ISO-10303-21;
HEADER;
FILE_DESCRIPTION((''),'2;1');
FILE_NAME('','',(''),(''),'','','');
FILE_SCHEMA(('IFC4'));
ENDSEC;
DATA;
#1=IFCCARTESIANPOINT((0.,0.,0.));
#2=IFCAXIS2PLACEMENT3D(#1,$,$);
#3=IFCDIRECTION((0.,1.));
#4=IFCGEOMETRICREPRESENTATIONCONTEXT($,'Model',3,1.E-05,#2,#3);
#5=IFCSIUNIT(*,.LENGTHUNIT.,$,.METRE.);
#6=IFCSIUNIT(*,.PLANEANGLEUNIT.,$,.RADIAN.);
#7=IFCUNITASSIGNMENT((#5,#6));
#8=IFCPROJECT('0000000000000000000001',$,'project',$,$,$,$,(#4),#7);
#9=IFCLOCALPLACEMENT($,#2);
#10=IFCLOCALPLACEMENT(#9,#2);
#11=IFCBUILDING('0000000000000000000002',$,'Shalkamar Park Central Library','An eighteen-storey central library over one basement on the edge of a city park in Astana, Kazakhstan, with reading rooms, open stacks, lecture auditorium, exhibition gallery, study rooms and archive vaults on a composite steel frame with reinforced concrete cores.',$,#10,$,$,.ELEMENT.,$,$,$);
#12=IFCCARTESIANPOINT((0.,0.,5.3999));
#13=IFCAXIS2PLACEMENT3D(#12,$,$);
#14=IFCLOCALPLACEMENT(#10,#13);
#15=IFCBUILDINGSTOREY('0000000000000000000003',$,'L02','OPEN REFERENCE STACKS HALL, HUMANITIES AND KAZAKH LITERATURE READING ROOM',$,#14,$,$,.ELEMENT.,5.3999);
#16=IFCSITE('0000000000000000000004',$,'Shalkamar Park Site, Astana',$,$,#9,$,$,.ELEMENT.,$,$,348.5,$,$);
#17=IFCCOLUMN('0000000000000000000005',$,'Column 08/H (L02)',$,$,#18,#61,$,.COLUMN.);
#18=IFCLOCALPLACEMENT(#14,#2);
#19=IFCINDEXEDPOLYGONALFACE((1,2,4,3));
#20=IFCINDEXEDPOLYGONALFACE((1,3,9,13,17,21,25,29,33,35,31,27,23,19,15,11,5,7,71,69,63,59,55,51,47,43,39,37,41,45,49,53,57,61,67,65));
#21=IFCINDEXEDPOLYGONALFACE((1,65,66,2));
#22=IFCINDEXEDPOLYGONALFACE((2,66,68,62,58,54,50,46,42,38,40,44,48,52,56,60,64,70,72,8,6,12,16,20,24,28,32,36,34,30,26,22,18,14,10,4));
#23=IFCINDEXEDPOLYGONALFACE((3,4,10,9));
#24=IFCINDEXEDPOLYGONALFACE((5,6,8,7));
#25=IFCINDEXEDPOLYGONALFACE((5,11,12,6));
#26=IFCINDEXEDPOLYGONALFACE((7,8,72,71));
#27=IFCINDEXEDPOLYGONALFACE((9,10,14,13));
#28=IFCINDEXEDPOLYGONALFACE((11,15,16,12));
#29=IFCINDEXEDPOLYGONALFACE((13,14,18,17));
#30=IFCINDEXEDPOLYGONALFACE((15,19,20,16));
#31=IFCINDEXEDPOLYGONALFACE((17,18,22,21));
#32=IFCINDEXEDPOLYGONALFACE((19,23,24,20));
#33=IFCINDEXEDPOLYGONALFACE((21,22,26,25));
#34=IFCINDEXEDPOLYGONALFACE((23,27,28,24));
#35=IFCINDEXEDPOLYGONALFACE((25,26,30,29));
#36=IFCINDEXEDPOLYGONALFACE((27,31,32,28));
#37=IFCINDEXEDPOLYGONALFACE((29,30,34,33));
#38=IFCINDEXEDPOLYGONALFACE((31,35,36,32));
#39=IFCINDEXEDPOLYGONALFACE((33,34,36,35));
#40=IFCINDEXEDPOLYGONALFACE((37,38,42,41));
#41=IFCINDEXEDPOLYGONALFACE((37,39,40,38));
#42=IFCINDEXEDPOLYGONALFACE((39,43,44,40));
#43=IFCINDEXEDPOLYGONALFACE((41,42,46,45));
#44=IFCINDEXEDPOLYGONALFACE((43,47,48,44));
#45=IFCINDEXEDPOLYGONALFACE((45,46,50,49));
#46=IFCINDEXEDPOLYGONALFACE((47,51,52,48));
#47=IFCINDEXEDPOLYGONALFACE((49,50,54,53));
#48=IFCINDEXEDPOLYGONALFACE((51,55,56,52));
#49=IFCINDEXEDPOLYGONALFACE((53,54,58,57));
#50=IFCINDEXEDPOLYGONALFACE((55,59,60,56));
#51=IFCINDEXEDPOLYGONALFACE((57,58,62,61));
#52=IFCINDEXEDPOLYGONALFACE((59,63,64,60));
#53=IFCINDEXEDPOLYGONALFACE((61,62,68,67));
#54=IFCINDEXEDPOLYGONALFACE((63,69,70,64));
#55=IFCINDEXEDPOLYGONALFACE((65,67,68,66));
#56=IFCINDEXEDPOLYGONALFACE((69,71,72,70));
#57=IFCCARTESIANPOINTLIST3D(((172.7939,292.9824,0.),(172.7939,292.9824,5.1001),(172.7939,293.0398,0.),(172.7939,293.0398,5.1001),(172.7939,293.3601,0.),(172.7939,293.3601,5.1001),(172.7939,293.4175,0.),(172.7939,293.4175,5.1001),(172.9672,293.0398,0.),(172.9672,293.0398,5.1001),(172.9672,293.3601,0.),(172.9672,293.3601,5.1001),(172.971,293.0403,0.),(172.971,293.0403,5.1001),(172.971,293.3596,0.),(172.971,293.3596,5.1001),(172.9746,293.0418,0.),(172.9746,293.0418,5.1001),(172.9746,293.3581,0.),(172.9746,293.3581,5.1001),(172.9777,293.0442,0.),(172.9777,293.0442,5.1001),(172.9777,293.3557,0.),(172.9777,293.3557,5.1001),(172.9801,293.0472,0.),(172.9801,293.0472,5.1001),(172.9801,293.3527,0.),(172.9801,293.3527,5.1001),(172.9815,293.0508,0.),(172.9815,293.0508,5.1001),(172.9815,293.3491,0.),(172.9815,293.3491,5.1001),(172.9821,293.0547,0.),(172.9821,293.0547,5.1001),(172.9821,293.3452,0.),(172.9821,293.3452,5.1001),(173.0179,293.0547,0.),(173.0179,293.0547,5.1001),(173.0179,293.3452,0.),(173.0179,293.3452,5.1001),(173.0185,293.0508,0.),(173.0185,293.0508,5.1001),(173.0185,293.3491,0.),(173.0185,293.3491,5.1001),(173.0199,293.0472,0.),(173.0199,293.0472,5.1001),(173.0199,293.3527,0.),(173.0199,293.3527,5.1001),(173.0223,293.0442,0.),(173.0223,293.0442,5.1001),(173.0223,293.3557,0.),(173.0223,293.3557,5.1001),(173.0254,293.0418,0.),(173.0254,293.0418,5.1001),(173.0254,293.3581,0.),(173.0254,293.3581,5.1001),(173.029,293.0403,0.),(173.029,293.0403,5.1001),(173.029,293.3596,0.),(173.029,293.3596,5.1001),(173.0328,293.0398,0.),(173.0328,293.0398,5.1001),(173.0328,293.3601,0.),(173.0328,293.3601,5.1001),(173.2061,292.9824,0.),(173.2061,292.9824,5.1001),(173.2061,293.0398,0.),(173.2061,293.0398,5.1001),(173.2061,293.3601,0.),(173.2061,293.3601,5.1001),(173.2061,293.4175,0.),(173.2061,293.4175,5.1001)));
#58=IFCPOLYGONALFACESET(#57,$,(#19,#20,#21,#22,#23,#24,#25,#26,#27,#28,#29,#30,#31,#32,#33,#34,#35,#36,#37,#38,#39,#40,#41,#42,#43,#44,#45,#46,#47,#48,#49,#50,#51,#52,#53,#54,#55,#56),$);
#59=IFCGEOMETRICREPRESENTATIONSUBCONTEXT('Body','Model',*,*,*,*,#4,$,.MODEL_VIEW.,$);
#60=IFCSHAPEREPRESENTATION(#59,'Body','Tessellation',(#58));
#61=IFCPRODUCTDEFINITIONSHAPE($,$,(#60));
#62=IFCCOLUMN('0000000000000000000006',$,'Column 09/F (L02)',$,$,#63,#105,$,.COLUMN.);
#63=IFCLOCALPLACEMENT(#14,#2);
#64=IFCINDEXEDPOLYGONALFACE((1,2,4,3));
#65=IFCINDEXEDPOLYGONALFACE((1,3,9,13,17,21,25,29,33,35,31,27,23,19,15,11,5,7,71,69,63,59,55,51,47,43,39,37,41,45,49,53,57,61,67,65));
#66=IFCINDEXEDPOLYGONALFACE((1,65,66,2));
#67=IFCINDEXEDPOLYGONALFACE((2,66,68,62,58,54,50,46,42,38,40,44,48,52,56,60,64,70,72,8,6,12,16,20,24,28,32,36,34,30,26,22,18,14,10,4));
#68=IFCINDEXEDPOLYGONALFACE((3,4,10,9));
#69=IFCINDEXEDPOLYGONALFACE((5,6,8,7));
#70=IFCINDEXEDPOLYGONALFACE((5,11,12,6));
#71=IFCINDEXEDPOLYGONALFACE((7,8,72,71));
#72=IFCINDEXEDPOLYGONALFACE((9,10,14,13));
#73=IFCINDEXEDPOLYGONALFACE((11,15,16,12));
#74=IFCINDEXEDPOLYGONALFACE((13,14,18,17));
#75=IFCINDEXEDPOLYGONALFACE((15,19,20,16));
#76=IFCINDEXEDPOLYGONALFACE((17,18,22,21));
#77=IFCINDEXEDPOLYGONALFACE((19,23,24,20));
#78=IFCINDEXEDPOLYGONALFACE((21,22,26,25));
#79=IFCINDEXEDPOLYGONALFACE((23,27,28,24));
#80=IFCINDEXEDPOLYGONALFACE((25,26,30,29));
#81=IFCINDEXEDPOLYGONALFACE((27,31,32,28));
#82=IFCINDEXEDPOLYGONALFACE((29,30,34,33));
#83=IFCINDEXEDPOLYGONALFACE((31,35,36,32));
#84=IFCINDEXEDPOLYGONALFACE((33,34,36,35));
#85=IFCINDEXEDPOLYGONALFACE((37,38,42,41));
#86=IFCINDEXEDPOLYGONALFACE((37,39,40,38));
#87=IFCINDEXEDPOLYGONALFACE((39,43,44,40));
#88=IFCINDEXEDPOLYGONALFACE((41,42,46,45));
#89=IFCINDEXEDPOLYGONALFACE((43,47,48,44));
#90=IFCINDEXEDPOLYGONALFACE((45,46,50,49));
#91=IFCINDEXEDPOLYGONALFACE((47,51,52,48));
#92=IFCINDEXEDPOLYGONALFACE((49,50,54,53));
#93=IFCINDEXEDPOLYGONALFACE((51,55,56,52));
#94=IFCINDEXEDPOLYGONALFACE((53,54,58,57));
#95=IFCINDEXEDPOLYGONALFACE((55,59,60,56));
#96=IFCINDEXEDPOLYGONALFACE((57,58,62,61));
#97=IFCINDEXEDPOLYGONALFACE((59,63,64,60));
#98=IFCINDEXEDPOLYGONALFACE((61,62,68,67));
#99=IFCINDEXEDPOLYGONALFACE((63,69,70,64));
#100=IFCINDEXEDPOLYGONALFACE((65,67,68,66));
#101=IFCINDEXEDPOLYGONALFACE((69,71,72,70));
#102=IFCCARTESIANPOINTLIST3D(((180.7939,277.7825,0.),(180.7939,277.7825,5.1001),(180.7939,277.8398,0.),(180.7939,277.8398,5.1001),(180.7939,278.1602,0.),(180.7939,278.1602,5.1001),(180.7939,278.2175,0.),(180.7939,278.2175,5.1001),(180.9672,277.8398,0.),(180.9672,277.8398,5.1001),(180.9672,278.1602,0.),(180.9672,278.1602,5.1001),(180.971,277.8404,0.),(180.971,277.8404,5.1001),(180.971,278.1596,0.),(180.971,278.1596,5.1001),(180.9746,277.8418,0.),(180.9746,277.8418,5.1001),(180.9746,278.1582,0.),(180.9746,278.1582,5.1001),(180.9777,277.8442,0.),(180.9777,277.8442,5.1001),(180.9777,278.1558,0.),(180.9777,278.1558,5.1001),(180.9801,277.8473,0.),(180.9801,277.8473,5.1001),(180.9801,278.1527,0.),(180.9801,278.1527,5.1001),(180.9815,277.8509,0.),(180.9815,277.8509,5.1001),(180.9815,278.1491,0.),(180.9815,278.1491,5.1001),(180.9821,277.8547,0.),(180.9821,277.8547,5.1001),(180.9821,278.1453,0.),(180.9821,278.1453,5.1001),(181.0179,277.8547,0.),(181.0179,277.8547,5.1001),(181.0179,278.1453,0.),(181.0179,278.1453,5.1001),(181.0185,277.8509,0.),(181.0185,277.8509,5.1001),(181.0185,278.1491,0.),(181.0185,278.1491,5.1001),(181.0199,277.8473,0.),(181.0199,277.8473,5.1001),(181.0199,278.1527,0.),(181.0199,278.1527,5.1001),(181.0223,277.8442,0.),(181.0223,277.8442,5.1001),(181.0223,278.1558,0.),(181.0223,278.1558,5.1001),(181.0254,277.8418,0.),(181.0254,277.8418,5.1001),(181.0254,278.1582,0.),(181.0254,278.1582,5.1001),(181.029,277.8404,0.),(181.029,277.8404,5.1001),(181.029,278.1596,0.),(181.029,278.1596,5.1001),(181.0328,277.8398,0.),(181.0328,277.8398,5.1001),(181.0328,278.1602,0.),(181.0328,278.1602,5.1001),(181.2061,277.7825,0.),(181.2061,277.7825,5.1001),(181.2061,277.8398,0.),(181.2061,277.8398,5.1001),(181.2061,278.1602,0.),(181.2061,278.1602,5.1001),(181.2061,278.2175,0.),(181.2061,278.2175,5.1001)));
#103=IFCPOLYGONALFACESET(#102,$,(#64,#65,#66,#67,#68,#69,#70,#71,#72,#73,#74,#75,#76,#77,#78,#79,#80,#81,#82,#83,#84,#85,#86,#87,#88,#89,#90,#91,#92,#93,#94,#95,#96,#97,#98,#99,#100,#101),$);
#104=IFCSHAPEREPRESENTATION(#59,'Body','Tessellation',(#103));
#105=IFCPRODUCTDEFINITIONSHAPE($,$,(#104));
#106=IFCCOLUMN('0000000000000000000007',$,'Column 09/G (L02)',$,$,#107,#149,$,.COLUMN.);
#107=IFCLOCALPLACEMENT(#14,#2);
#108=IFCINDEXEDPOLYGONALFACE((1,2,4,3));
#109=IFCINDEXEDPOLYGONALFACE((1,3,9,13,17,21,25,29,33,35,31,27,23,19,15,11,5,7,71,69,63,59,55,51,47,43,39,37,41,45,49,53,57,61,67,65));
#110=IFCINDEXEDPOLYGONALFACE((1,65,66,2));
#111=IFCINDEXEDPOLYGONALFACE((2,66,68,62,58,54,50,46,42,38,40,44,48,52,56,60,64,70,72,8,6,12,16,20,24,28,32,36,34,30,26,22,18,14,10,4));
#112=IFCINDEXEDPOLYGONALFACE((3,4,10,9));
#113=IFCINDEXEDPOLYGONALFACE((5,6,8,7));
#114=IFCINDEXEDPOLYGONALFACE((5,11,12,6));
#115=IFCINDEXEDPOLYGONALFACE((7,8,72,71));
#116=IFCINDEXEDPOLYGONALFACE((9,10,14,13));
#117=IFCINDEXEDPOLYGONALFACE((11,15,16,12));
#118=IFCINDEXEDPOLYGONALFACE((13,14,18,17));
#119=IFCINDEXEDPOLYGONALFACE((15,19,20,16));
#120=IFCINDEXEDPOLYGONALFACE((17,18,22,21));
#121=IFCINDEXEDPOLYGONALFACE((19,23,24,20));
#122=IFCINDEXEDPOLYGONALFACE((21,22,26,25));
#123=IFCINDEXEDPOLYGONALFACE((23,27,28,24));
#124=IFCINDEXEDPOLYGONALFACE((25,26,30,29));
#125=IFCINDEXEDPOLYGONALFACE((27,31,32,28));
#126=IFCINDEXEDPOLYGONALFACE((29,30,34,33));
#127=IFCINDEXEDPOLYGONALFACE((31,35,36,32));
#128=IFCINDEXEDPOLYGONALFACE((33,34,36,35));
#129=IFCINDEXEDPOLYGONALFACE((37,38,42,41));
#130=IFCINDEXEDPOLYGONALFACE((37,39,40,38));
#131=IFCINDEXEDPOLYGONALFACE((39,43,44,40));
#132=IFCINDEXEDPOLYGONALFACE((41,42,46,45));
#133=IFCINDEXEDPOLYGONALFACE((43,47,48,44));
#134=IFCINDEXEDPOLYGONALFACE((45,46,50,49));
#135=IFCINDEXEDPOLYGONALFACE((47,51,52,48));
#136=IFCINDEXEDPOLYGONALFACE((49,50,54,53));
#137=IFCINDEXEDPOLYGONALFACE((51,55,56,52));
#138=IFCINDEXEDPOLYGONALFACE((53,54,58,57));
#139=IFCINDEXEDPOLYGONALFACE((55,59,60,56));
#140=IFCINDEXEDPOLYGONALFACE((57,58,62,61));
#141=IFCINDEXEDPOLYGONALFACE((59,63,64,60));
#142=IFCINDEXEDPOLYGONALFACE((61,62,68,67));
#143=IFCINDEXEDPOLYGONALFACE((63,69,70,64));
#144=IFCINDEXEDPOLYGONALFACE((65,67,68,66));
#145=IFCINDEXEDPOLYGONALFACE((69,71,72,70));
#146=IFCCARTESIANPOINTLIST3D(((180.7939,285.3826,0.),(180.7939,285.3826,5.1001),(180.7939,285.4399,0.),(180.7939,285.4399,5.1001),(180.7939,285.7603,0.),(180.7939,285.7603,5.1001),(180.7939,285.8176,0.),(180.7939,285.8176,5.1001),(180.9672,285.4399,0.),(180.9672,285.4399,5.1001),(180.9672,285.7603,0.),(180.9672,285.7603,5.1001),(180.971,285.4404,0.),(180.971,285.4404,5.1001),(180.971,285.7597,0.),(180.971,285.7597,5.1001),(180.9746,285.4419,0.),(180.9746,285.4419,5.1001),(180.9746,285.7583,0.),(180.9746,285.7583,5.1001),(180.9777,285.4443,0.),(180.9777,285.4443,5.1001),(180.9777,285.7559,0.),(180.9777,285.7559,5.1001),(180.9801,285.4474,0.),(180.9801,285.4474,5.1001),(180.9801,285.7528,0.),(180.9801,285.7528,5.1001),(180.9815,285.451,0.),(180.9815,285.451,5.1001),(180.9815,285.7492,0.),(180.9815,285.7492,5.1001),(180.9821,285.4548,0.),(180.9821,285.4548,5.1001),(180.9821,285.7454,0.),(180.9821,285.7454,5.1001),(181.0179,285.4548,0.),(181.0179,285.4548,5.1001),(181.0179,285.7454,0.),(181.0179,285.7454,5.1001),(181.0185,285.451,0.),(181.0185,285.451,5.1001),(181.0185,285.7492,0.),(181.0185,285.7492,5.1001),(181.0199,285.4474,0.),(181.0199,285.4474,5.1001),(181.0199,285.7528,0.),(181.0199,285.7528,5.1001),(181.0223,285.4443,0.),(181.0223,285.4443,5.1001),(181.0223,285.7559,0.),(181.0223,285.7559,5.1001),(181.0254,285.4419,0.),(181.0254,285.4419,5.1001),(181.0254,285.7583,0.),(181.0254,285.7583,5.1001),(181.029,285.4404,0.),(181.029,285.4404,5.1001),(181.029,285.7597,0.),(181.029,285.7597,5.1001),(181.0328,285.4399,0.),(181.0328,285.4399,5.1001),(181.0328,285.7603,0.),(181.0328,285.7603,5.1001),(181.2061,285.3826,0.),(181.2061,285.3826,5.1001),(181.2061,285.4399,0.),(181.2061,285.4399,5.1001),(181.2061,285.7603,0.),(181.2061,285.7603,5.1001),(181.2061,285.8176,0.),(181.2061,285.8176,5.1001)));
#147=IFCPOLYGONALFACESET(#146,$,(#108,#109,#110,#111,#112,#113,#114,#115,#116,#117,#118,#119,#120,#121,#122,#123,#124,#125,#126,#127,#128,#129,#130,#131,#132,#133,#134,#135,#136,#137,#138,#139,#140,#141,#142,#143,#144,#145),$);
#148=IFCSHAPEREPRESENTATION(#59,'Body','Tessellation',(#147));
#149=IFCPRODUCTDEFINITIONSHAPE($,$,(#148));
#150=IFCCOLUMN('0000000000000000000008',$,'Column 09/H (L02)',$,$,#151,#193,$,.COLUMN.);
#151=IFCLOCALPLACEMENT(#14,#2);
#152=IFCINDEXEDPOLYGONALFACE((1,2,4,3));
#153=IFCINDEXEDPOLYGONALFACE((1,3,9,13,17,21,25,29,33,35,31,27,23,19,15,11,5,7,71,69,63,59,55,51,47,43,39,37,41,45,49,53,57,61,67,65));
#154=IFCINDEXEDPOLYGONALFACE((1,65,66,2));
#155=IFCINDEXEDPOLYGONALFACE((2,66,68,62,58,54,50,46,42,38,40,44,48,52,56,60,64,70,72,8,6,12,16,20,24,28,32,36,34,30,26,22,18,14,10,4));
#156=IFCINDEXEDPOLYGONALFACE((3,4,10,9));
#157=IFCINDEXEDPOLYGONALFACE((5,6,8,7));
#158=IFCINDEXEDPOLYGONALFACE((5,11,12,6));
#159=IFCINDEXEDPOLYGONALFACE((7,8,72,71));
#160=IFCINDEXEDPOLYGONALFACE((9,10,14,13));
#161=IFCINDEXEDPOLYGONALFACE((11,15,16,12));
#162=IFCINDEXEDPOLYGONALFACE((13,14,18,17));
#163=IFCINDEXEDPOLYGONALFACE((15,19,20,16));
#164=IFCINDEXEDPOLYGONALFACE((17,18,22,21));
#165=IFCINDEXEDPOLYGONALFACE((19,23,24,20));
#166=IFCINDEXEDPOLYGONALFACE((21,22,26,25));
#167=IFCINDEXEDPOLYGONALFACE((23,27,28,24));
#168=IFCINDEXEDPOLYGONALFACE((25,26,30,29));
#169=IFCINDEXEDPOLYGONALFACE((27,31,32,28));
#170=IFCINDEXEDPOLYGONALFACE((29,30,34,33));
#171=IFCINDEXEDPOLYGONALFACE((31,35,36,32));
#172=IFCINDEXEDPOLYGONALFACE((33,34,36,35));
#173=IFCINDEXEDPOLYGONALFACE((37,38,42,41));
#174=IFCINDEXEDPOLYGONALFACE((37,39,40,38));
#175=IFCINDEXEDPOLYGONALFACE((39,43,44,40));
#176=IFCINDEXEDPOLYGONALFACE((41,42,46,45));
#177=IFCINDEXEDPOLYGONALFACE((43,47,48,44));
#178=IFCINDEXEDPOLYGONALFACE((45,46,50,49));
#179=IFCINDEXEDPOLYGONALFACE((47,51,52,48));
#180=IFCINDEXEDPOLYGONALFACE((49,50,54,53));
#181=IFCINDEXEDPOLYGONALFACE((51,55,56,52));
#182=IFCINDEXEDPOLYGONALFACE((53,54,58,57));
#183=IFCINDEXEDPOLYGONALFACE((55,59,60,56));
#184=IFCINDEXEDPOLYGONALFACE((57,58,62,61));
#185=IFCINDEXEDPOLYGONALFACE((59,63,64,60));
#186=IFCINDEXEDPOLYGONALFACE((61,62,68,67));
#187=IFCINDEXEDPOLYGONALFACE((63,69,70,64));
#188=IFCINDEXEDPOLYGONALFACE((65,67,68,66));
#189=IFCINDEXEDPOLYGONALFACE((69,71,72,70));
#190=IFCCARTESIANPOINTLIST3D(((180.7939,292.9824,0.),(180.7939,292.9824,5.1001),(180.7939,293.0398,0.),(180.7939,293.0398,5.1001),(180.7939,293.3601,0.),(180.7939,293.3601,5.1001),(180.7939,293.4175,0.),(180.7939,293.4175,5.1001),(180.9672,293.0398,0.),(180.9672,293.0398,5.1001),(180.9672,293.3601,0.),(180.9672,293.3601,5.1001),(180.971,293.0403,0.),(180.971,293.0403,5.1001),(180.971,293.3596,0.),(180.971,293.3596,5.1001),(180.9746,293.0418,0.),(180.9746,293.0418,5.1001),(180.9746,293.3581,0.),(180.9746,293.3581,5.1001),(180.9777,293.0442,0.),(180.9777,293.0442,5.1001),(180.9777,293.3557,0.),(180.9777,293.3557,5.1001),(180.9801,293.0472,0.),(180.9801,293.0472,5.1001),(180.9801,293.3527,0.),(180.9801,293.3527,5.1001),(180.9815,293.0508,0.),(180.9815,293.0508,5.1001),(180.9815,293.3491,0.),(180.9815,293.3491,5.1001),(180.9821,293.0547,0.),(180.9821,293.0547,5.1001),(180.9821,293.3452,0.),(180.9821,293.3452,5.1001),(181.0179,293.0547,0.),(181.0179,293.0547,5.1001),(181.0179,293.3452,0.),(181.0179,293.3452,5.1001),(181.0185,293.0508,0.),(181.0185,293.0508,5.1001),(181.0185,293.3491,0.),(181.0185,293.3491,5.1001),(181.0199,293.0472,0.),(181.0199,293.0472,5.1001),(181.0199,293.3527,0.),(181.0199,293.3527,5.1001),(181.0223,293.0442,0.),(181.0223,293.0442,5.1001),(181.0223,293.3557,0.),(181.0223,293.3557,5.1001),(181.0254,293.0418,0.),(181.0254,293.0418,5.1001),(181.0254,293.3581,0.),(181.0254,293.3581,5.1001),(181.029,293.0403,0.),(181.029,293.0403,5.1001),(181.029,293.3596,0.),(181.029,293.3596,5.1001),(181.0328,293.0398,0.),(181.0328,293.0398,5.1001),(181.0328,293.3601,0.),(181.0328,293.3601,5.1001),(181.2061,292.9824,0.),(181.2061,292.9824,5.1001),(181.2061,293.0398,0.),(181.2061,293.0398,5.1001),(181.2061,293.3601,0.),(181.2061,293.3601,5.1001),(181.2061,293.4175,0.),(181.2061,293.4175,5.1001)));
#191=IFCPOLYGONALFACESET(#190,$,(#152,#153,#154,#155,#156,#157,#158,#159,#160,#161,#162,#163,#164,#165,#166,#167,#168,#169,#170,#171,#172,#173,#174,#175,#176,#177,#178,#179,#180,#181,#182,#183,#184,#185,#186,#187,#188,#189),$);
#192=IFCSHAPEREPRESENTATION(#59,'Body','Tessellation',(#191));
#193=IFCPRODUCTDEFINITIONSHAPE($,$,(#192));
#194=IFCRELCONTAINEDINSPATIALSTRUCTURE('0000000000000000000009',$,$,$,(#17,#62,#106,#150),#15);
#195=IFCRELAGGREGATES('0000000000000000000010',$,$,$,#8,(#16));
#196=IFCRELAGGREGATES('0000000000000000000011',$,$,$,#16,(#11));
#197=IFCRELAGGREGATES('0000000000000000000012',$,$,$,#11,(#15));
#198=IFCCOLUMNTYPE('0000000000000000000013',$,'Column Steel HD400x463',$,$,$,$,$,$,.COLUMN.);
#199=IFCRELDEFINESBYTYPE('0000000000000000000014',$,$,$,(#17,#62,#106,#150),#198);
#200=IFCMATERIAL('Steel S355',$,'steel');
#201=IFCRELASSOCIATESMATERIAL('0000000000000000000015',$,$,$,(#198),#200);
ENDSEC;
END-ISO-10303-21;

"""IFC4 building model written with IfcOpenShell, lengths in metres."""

from ifc_helpers import new_model, si_unit, direction, frame, origin, origin_2d, place, context, subcontext, project, spatial, i_section, extrude, material, material_profile, profile_set, type_object, element, save


model = new_model("IFC4")

# Units and contexts
model_context = context("Model", 3, precision=1e-05, world=origin(), true_north=direction((0.0, 1.0)))
body_context = subcontext(model_context, "Body", "Model", "MODEL_VIEW")
ifc_project = project(units=[si_unit("LENGTHUNIT", "METRE"), si_unit("PLANEANGLEUNIT", "RADIAN")], contexts=[model_context])

# Site, building, storey
site_placement = place(None, origin())
site = spatial("IfcSite", under=ifc_project, at=site_placement, Name="Shalkamar Park Site, Astana", CompositionType="ELEMENT", RefElevation=348.5)
building_placement = place(site_placement, origin())
building = spatial("IfcBuilding", under=site, at=building_placement, Name="Shalkamar Park Central Library", Description="An eighteen-storey central library over one basement on the edge of a city park in Astana, Kazakhstan, with reading rooms, open stacks, lecture auditorium, exhibition gallery, study rooms and archive vaults on a composite steel frame with reinforced concrete cores.", CompositionType="ELEMENT")
storey_placement = place(building_placement, frame((0.0, 0.0, 5.3999)))
storey = spatial("IfcBuildingStorey", under=building, at=storey_placement, Name="L02", Description="OPEN REFERENCE STACKS HALL, HUMANITIES AND KAZAKH LITERATURE READING ROOM", CompositionType="ELEMENT", Elevation=5.3999)

# Columns
ifc_material = material(Name="Steel S355", Category="steel")
ifc_material_profile_1 = material_profile(ifc_material, i_section(OverallWidth=0.4121, OverallDepth=0.4351, WebThickness=0.0359, FlangeThickness=0.0574, FilletRadius=0.0149, at=origin_2d()), Name="HD 400x463")
ifc_profile_set_1 = profile_set([ifc_material_profile_1], Name="Steel S355")
column_type = type_object("IfcColumnType", Name="Column Steel HD400x463", PredefinedType="COLUMN", material=ifc_profile_set_1)
for number, where, z_axis, x_axis, name in (
    (1, (173.0, 293.2, 0.0), (0.0, 0.0, 1.0), (1.0, 0.0, 0.0), "Column 08/H (L02)"),
    (2, (181.0, 278.0, 0.0), (0.0, 0.0, 1.0), (1.0, 0.0, 0.0), "Column 09/F (L02)"),
    (3, (181.0, 285.6001, 0.0), (0.0, 0.0, 1.0), (1.0, 0.0, 0.0), "Column 09/G (L02)"),
    (4, (181.0, 293.2, 0.0), (0.0, 0.0, 1.0), (1.0, 0.0, 0.0), "Column 09/H (L02)"),
):
    element("IfcColumn", number, at=place(storey_placement, frame(where, z_axis=z_axis, x_axis=x_axis)), inside=storey, type_object=column_type, Name=name, PredefinedType="COLUMN", context=body_context, shape_type="SweptSolid", body=[
        extrude(i_section(OverallWidth=0.4121, OverallDepth=0.4351, WebThickness=0.0359, FlangeThickness=0.0574, FilletRadius=0.0149, at=origin_2d()), origin(), (0.0, 0.0, 1.0), 5.1001),
    ])

save(model, "model.ifc")
